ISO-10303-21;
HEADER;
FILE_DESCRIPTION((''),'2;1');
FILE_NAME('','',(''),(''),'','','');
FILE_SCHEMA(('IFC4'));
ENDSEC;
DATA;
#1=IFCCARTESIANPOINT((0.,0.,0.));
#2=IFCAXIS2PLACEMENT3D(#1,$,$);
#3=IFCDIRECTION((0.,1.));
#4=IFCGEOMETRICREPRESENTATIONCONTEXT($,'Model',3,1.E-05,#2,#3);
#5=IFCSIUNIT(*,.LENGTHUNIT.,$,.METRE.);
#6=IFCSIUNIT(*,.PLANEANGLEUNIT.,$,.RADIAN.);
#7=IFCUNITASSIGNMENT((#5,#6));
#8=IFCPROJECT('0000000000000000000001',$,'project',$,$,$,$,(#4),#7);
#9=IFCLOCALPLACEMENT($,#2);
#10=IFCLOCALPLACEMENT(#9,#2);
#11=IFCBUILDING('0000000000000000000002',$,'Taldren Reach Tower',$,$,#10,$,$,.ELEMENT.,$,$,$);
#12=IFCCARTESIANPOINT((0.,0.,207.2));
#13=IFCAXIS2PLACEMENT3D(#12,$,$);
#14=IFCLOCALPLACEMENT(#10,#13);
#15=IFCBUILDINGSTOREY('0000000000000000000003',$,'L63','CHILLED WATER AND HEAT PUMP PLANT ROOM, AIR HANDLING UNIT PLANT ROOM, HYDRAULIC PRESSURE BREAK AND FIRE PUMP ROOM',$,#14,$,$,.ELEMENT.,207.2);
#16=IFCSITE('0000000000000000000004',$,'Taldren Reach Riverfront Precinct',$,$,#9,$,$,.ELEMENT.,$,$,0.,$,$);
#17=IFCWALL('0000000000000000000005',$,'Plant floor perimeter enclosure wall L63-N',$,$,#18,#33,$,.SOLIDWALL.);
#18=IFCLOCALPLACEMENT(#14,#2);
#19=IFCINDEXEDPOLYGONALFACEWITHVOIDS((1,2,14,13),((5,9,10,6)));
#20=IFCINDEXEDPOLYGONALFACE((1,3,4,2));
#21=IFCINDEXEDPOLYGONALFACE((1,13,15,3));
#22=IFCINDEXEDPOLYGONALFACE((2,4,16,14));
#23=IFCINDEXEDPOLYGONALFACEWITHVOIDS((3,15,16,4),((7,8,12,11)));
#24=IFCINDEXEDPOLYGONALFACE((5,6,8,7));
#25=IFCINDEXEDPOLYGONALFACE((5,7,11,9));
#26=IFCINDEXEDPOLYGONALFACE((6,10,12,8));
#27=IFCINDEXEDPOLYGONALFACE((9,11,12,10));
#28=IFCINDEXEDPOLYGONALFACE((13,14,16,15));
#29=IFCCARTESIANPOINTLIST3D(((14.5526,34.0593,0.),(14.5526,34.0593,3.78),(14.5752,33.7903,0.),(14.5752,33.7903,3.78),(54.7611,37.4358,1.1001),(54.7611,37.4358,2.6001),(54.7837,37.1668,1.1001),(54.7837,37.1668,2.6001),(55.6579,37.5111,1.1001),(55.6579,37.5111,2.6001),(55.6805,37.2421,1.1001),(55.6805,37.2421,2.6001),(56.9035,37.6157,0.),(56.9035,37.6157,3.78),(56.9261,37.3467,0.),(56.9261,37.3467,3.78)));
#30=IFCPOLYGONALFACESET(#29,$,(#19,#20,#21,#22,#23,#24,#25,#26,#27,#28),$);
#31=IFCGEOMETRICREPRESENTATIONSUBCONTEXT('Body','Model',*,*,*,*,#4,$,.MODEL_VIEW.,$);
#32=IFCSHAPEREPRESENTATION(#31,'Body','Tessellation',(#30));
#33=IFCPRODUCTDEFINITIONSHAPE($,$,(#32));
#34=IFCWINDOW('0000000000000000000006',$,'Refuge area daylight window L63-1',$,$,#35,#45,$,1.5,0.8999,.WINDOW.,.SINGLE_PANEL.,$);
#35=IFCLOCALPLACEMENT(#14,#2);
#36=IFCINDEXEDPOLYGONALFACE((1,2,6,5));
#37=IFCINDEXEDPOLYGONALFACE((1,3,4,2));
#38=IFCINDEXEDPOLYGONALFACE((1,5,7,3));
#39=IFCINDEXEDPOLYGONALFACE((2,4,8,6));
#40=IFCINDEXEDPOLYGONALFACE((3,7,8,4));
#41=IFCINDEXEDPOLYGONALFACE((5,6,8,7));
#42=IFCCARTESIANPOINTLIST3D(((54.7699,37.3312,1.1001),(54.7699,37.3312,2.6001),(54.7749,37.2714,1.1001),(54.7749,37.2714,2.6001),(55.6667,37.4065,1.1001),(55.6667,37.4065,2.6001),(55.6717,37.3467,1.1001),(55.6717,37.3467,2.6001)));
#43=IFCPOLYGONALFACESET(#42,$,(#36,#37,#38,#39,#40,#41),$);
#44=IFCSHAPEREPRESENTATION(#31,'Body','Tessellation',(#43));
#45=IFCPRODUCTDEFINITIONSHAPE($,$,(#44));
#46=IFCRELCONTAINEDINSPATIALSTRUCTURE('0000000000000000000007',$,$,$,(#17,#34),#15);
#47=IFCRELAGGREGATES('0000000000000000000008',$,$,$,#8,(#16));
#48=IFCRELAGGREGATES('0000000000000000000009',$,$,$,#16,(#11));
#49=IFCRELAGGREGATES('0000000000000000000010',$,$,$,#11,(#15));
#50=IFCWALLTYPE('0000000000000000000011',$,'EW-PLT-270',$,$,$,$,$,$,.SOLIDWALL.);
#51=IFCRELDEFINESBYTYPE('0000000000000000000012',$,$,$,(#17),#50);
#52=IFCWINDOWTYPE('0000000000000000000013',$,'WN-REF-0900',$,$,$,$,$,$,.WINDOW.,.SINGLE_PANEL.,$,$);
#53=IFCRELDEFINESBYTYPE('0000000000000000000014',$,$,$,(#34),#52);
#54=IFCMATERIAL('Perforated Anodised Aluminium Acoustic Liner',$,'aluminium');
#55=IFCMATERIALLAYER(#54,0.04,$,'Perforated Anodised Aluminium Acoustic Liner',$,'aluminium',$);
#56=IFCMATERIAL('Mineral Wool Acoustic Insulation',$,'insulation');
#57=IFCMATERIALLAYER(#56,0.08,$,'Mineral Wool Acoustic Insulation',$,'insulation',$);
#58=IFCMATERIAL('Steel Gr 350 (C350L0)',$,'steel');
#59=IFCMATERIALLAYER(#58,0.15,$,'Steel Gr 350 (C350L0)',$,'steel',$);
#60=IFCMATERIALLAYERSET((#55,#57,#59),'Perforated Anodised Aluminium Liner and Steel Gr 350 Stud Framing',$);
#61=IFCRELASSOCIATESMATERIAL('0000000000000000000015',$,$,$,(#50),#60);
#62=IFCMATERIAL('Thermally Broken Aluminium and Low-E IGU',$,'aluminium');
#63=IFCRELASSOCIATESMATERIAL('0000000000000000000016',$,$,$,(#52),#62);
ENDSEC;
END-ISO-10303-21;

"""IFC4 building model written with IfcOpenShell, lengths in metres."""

from ifc_helpers import new_model, si_unit, direction, frame, frame_2d, origin, place, context, subcontext, project, spatial, rectangle, extrude, source, transform, mapped, material, layer, layer_set, type_object, element, fill, save


model = new_model("IFC4")

# Units and contexts
model_context = context("Model", 3, precision=1e-05, world=origin(), true_north=direction((0.0, 1.0)))
body_context = subcontext(model_context, "Body", "Model", "MODEL_VIEW")
ifc_project = project(units=[si_unit("LENGTHUNIT", "METRE"), si_unit("PLANEANGLEUNIT", "RADIAN")], contexts=[model_context])

# Site, building, storey
site_placement = place(None, origin())
site = spatial("IfcSite", under=ifc_project, at=site_placement, Name="Taldren Reach Riverfront Precinct", CompositionType="ELEMENT", RefElevation=0.0)
building_placement = place(site_placement, origin())
building = spatial("IfcBuilding", under=site, at=building_placement, Name="Taldren Reach Tower", CompositionType="ELEMENT")
storey_placement = place(building_placement, frame((0.0, 0.0, 207.2)))
storey = spatial("IfcBuildingStorey", under=building, at=storey_placement, Name="L63", Description="CHILLED WATER AND HEAT PUMP PLANT ROOM, AIR HANDLING UNIT PLANT ROOM, HYDRAULIC PRESSURE BREAK AND FIRE PUMP ROOM", CompositionType="ELEMENT", Elevation=207.2)

# Shared definitions
ifc_material_1 = material(Name="Steel Gr 350 (C350L0)", Category="steel")

# Shared definitions
ifc_material_2 = material(Name="Mineral Wool Acoustic Insulation", Category="insulation")

# Wall, opening, window
ifc_material_3 = material(Name="Perforated Anodised Aluminium Acoustic Liner", Category="aluminium")
ifc_layer_1 = layer(ifc_material_3, 0.04, Name="Perforated Anodised Aluminium Acoustic Liner", Category="aluminium")
ifc_layer_2 = layer(ifc_material_2, 0.08, Name="Mineral Wool Acoustic Insulation", Category="insulation")
ifc_layer_3 = layer(ifc_material_1, 0.15, Name="Steel Gr 350 (C350L0)", Category="steel")
ifc_layer_set_1 = layer_set([ifc_layer_1, ifc_layer_2, ifc_layer_3], Name="Perforated Anodised Aluminium Liner and Steel Gr 350 Stud Framing")
wall_type_1 = type_object("IfcWallType", Name="EW-PLT-270", PredefinedType="SOLIDWALL", material=ifc_layer_set_1)
shared_shape_1 = source(origin(), body_context, "Body", "SweptSolid", [
    extrude(rectangle(XDim=42.5, YDim=0.27, at=frame_2d((21.25, 0.0))), origin(), (0.0, 0.0, 1.0), 3.78),
])
wall_placement = place(storey_placement, frame((56.9148, 37.4812, 0.0), z_axis=(0.0, 0.0, 1.0), x_axis=(-0.996493, -0.08368, 0.0)))
wall = element("IfcWall", 1, at=wall_placement, inside=storey, type_object=wall_type_1, Name="Plant floor perimeter enclosure wall L63-N", PredefinedType="SOLIDWALL", context=body_context, shape_type="MappedRepresentation", body=[
    mapped(shared_shape_1, transform((0.0, 0.0, 0.0), scale=1.0)),
])
shared_shape_2 = source(origin(), body_context, "Body", "SweptSolid", [
    extrude(rectangle(XDim=0.8999, YDim=1.5, at=frame_2d((0.45, 0.75))), frame((0.0, 0.145, 0.0), z_axis=(0.0, -1.0, 0.0), x_axis=(1.0, 0.0, 0.0)), (0.0, 0.0, 1.0), 0.29),
])
opening_placement = place(wall_placement, frame((1.25, 0.0, 1.1001)))
opening = element("IfcOpeningElement", 2, at=opening_placement, cuts=wall, PredefinedType="OPENING", context=body_context, shape_type="MappedRepresentation", body=[
    mapped(shared_shape_2, transform((0.0, 0.0, 0.0), scale=1.0)),
])
ifc_material_4 = material(Name="Thermally Broken Aluminium and Low-E IGU", Category="aluminium")
window_type = type_object("IfcWindowType", Name="WN-REF-0900", PartitioningType="SINGLE_PANEL", PredefinedType="WINDOW", material=ifc_material_4)
shared_shape_3 = source(origin(), body_context, "Body", "SweptSolid", [
    extrude(rectangle(XDim=0.8999, YDim=1.5, at=frame_2d((0.45, 0.75))), frame((0.0, 0.03, 0.0), z_axis=(0.0, -1.0, 0.0), x_axis=(1.0, 0.0, 0.0)), (0.0, 0.0, 1.0), 0.0601),
])
window_placement = place(opening_placement, origin())
window = element("IfcWindow", 3, at=window_placement, inside=storey, type_object=window_type, Name="Refuge area daylight window L63-1", OverallHeight=1.5, OverallWidth=0.8999, PartitioningType="SINGLE_PANEL", PredefinedType="WINDOW", context=body_context, shape_type="MappedRepresentation", body=[
    mapped(shared_shape_3, transform((0.0, 0.0, 0.0), scale=1.0)),
])
fill(opening, window)

save(model, "model.ifc")
